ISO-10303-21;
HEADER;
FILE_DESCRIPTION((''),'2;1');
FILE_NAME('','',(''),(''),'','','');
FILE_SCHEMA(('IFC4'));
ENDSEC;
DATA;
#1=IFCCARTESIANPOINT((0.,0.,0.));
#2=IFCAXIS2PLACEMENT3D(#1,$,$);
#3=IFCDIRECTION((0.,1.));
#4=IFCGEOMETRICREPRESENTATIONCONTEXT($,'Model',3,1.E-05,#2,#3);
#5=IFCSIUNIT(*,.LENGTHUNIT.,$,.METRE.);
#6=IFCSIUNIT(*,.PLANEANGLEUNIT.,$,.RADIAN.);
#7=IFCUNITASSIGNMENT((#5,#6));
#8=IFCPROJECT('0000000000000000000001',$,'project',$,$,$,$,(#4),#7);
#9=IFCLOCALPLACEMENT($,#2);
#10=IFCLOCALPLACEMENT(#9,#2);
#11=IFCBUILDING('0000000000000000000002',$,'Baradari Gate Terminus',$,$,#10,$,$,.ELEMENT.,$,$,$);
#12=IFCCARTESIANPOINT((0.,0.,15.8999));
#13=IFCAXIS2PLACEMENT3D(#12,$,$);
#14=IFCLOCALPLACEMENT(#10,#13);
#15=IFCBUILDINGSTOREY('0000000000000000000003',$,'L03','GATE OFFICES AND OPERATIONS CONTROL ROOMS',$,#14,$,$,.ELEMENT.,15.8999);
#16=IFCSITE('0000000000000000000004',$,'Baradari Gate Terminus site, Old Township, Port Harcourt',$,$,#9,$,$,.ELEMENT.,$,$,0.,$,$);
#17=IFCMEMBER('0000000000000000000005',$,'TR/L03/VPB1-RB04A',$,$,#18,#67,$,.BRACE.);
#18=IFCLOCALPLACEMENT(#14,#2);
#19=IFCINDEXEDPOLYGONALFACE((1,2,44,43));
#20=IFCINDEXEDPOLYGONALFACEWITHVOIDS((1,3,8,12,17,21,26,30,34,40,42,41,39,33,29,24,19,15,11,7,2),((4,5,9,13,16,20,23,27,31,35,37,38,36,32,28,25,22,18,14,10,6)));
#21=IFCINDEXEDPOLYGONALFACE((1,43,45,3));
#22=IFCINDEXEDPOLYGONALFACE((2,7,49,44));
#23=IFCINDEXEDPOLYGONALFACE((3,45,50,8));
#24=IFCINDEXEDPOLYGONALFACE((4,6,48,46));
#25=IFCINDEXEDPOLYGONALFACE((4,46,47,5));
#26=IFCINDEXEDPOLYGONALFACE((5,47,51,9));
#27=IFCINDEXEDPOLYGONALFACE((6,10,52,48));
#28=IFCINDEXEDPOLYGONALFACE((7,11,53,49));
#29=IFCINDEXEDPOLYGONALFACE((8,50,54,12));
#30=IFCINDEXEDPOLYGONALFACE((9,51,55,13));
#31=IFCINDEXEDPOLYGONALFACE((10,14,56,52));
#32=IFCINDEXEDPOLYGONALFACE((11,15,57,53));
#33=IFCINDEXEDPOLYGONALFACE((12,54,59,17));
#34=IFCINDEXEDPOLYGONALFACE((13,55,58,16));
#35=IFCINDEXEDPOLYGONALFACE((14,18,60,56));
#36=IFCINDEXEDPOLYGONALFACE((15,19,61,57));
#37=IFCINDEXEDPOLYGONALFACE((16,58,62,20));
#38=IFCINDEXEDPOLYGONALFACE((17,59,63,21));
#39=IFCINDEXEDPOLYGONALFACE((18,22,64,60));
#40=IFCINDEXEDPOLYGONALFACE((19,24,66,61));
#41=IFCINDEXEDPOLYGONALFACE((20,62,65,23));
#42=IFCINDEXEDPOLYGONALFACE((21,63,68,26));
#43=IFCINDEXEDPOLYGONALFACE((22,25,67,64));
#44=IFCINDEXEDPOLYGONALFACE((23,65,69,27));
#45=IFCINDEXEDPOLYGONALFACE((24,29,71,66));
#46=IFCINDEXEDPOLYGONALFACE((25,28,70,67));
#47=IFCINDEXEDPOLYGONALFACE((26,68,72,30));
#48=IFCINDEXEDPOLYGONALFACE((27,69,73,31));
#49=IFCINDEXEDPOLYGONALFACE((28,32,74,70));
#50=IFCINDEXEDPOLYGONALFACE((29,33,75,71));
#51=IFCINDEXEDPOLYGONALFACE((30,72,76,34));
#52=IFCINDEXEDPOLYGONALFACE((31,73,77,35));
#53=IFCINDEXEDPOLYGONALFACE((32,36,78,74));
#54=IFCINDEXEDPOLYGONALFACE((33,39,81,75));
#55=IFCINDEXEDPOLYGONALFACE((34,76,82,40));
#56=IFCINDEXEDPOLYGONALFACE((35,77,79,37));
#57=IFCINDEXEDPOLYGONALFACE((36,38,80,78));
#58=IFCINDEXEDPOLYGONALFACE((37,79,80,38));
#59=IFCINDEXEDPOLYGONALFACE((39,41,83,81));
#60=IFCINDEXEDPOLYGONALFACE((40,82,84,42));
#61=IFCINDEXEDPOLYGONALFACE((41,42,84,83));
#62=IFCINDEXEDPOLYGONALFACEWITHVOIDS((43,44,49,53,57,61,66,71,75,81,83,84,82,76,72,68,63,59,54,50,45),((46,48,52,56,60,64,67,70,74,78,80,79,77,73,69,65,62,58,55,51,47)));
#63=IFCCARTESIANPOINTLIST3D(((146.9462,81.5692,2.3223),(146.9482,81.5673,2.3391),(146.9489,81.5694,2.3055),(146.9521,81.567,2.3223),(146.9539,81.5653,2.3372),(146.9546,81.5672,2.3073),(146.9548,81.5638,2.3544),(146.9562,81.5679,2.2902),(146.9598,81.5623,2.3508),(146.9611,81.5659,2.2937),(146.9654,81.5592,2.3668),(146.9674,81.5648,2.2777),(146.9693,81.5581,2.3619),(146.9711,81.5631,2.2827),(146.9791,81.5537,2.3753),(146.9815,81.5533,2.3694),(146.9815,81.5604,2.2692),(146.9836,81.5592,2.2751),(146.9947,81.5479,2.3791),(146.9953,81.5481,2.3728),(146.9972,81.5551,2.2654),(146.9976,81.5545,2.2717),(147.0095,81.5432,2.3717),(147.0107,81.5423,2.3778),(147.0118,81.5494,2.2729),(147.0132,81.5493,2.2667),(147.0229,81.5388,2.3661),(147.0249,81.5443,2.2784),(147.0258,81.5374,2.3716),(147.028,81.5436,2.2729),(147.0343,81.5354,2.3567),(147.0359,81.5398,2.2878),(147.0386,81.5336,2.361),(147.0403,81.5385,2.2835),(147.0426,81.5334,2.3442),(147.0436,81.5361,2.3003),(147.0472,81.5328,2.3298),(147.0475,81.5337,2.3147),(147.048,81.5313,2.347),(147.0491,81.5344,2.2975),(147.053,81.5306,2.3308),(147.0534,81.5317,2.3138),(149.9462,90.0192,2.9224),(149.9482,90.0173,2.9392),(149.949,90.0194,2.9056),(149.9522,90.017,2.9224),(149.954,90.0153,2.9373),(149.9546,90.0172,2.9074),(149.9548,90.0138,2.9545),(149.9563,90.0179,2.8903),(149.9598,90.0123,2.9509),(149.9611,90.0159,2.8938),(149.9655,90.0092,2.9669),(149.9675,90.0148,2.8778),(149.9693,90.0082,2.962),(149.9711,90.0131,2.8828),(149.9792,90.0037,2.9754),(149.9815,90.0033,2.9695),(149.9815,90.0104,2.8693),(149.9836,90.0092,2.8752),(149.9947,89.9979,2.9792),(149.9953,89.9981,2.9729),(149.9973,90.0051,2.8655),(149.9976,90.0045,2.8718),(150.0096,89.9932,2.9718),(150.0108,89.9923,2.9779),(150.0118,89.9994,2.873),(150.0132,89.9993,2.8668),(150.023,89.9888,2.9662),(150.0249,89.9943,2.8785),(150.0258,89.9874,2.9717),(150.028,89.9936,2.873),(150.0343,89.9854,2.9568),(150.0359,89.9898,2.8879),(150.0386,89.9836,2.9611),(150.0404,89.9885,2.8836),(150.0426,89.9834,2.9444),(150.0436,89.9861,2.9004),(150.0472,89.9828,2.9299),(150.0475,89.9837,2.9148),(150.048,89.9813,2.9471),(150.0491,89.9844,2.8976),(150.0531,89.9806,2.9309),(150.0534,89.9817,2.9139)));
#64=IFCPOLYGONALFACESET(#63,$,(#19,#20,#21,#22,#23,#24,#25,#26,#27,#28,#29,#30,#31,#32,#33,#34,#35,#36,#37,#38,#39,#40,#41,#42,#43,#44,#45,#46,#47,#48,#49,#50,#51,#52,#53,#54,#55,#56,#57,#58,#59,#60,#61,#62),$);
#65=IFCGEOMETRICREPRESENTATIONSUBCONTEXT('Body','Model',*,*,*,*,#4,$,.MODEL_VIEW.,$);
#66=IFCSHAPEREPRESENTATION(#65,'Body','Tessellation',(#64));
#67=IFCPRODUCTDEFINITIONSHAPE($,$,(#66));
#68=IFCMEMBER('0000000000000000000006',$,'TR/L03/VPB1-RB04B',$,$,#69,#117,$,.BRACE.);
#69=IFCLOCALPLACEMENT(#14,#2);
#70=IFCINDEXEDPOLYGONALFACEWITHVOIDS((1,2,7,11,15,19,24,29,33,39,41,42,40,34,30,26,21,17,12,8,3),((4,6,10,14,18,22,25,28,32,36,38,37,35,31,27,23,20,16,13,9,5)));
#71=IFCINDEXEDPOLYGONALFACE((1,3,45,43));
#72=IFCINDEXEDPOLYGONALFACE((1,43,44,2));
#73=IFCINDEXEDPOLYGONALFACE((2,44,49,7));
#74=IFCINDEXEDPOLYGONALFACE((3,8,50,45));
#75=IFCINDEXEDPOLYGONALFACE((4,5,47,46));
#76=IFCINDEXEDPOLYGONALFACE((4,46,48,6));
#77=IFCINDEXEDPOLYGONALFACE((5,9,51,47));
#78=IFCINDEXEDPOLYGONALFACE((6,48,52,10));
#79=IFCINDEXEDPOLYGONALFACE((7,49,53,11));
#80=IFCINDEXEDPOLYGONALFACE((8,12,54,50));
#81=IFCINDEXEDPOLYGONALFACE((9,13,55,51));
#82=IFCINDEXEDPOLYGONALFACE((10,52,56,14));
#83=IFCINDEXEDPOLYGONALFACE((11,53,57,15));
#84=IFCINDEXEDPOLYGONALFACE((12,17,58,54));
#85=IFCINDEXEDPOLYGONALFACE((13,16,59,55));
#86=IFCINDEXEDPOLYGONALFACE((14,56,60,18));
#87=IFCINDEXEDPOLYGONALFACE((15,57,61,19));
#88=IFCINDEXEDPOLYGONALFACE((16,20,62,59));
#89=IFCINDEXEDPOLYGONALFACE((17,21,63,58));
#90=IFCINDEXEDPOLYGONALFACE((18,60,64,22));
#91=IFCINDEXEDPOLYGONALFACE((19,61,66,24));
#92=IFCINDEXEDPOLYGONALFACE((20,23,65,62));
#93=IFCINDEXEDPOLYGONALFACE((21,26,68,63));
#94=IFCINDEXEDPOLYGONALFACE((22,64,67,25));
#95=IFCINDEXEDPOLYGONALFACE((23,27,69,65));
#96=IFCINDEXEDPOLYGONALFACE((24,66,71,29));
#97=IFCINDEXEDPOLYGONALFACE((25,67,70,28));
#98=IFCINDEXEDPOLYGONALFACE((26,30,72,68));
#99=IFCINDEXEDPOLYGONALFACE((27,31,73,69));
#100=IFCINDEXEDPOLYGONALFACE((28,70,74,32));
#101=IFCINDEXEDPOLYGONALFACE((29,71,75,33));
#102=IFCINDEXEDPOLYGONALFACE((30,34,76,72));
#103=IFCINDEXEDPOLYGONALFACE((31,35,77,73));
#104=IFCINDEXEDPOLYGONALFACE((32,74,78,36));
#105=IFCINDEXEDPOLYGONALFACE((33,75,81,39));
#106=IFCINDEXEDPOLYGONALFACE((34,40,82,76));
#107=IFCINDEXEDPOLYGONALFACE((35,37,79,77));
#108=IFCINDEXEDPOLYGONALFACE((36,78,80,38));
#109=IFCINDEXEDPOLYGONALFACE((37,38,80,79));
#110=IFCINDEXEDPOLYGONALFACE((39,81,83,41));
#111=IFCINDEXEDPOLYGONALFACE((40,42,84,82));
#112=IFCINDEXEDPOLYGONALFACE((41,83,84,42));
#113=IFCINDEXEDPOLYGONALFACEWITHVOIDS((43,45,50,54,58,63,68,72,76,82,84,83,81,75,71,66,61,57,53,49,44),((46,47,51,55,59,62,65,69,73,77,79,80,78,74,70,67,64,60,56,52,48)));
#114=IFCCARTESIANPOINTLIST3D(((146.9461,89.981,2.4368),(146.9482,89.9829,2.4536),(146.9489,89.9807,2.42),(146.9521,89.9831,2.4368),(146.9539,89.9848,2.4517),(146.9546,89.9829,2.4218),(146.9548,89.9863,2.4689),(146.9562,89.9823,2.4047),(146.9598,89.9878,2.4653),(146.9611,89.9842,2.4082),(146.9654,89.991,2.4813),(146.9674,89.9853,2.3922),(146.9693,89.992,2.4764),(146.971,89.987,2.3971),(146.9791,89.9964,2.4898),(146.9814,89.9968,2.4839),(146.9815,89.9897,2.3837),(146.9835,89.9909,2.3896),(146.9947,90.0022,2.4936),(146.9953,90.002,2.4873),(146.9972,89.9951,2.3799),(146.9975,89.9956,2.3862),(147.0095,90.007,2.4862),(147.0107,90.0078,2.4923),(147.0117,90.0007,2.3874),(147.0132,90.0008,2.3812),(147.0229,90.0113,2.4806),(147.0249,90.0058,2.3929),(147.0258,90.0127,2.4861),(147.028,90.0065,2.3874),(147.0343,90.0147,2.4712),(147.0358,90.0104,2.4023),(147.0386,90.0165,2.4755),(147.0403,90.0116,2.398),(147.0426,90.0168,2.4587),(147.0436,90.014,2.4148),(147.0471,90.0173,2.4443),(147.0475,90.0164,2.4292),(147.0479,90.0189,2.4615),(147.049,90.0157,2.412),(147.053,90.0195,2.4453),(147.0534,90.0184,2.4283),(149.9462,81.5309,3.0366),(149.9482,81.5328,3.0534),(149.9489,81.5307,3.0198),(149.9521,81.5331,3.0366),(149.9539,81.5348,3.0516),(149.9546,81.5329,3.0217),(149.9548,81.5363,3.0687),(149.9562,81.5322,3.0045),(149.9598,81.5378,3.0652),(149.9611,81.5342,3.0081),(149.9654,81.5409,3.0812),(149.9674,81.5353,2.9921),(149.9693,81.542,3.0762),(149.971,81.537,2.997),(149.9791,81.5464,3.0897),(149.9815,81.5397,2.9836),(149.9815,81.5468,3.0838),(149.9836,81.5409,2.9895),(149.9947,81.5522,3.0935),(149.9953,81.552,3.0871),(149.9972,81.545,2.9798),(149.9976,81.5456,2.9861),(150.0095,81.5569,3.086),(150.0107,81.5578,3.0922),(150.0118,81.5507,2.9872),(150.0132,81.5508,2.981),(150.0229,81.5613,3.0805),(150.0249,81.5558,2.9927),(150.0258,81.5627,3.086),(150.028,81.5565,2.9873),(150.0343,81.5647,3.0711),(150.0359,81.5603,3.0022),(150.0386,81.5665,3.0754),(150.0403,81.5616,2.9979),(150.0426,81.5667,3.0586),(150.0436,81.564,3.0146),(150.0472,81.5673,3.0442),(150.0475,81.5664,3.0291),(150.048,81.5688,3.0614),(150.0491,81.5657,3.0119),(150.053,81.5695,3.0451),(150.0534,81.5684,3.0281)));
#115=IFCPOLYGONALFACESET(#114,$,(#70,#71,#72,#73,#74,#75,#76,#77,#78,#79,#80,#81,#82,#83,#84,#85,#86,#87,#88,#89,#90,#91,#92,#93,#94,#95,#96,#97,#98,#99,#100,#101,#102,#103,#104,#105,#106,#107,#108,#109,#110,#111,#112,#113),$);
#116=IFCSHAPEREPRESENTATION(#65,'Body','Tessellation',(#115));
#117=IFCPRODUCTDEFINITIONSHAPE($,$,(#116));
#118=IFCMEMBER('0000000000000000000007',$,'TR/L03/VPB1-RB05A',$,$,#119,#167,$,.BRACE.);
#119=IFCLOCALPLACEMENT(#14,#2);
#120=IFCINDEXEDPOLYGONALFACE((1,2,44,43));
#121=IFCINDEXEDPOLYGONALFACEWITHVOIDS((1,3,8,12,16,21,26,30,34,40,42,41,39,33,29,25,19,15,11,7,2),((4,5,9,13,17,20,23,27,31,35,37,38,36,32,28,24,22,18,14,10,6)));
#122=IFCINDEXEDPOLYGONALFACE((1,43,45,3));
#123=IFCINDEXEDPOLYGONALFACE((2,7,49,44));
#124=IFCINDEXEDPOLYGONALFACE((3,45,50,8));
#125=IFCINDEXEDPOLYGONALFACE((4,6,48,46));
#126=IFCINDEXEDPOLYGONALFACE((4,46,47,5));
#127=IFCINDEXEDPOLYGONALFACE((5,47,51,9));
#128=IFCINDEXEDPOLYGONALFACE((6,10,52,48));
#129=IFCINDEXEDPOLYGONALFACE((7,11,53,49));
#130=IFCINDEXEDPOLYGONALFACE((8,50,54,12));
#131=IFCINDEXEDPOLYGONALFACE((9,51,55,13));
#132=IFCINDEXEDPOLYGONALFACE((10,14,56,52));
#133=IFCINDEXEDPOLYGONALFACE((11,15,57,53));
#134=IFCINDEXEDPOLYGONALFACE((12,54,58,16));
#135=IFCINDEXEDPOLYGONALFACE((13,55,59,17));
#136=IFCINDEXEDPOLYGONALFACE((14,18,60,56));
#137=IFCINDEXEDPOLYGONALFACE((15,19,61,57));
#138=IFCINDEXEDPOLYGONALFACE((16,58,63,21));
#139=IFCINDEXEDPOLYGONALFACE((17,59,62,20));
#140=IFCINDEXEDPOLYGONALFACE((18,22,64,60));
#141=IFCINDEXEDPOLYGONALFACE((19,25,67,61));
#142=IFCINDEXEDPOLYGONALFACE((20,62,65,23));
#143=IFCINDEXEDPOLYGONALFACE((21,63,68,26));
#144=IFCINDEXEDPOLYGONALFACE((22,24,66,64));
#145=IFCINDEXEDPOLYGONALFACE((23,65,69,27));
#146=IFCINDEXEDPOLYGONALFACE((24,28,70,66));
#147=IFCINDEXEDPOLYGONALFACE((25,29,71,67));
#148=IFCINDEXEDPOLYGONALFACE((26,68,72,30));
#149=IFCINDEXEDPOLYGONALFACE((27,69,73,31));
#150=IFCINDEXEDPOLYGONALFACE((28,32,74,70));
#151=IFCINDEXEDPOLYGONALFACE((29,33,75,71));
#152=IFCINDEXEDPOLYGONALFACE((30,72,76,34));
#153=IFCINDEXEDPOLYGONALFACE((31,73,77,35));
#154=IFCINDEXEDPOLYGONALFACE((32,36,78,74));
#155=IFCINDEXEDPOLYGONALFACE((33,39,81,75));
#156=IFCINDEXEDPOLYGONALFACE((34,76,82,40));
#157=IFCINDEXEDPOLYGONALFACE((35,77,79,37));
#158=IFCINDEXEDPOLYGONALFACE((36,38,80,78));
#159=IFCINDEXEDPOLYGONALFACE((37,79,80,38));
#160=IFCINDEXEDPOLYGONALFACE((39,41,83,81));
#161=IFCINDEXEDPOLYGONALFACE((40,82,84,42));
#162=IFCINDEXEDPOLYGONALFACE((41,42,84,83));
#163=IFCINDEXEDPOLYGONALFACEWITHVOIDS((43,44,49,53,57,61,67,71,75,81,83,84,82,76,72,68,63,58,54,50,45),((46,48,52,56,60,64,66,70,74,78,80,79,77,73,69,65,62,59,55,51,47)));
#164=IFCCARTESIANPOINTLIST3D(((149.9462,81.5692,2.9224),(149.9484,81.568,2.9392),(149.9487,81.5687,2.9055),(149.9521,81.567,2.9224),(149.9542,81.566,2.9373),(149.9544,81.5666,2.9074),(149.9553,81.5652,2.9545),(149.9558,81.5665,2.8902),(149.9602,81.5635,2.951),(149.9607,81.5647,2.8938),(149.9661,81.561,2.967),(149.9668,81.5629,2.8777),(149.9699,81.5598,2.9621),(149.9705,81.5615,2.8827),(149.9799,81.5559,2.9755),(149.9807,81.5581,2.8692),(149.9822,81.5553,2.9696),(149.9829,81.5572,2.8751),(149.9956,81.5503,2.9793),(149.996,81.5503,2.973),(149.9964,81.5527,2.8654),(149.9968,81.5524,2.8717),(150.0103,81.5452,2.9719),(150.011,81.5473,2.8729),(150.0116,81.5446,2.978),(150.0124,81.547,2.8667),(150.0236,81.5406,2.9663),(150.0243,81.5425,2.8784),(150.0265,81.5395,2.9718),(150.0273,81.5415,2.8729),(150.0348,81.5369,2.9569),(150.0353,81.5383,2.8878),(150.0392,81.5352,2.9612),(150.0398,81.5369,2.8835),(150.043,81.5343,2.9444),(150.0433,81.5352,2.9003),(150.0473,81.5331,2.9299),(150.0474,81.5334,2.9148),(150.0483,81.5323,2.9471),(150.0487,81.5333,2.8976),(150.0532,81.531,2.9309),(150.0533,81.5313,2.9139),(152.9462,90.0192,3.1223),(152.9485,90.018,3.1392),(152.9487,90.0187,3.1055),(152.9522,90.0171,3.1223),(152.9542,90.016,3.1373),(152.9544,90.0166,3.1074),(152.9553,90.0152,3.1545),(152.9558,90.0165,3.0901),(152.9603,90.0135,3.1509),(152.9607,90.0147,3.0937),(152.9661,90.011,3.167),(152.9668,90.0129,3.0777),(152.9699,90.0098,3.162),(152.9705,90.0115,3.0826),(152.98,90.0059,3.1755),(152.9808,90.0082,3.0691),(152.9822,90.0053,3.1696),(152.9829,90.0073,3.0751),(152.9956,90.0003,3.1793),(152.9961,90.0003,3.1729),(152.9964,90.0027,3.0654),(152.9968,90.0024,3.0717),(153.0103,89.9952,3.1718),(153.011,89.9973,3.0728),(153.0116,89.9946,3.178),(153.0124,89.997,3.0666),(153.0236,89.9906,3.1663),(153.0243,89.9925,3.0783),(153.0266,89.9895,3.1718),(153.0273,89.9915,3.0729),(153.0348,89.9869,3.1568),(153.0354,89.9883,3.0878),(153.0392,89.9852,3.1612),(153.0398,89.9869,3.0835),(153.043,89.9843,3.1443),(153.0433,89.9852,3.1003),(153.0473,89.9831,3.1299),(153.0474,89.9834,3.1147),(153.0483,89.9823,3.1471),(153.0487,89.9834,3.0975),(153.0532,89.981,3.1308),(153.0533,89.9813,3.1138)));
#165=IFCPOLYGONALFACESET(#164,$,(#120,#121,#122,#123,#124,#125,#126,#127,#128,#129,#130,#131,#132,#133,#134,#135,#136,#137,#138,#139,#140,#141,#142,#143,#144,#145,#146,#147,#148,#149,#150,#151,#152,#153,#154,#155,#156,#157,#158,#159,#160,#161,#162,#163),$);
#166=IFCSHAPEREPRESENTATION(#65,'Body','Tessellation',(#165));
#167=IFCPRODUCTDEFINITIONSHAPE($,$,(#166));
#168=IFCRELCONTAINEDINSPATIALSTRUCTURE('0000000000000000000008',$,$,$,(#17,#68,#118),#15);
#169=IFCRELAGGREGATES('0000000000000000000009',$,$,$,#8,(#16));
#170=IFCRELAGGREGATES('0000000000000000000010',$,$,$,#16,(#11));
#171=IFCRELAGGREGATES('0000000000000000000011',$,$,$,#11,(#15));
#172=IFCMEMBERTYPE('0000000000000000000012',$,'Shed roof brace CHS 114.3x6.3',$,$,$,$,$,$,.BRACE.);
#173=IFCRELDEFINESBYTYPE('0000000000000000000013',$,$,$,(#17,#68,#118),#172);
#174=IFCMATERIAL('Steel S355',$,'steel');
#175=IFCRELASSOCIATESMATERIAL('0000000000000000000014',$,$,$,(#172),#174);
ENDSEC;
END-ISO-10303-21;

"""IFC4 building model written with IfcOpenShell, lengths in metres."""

from ifc_helpers import new_model, si_unit, direction, frame, origin, origin_2d, place, context, subcontext, project, spatial, hollow_circle, extrude, material, material_profile, profile_set, type_object, element, save


model = new_model("IFC4")

# Units and contexts
model_context = context("Model", 3, precision=1e-05, world=origin(), true_north=direction((0.0, 1.0)))
body_context = subcontext(model_context, "Body", "Model", "MODEL_VIEW")
ifc_project = project(units=[si_unit("LENGTHUNIT", "METRE"), si_unit("PLANEANGLEUNIT", "RADIAN")], contexts=[model_context])

# Site, building, storey
site_placement = place(None, origin())
site = spatial("IfcSite", under=ifc_project, at=site_placement, Name="Baradari Gate Terminus site, Old Township, Port Harcourt", CompositionType="ELEMENT", RefElevation=0.0)
building_placement = place(site_placement, origin())
building = spatial("IfcBuilding", under=site, at=building_placement, Name="Baradari Gate Terminus", CompositionType="ELEMENT")
storey_placement = place(building_placement, frame((0.0, 0.0, 15.8999)))
storey = spatial("IfcBuildingStorey", under=building, at=storey_placement, Name="L03", Description="GATE OFFICES AND OPERATIONS CONTROL ROOMS", CompositionType="ELEMENT", Elevation=15.8999)

# Members
ifc_material_1 = material(Name="Steel S355", Category="steel")
ifc_material_profile_1 = material_profile(ifc_material_1, hollow_circle(Radius=0.0571, WallThickness=0.0063, at=origin_2d()), Name="CHS 114.3x6.3")
ifc_profile_set_1 = profile_set([ifc_material_profile_1], Name="Steel S355")
member_type_1 = type_object("IfcMemberType", Name="Shed roof brace CHS 114.3x6.3", PredefinedType="BRACE", material=ifc_profile_set_1)
for number, where, z_axis, x_axis, name in (
    (1, (147.0, 81.55, 2.3223), (0.333825, 0.940267, 0.066776), (-0.94237, 0.334571, 0.0), "TR/L03/VPB1-RB04A"),
    (2, (150.0, 81.55, 3.0366), (-0.333825, 0.940269, -0.066749), (-0.94237, -0.334571, 0.0), "TR/L03/VPB1-RB04B"),
):
    element("IfcMember", number, at=place(storey_placement, frame(where, z_axis=z_axis, x_axis=x_axis)), inside=storey, type_object=member_type_1, Name=name, PredefinedType="BRACE", context=body_context, shape_type="SweptSolid", body=[
        extrude(hollow_circle(Radius=0.0571, WallThickness=0.0063, at=origin_2d()), origin(), (0.0, 0.0, 1.0), 8.9868),
    ])
for number, where, z_axis, x_axis, name in (
    (3, (150.0, 81.55, 2.9224), (0.334488, 0.942136, 0.022294), (-0.94237, 0.334571, 0.0), "TR/L03/VPB1-RB05A"),
):
    element("IfcMember", number, at=place(storey_placement, frame(where, z_axis=z_axis, x_axis=x_axis)), inside=storey, type_object=member_type_1, Name=name, PredefinedType="BRACE", context=body_context, shape_type="SweptSolid", body=[
        extrude(hollow_circle(Radius=0.0571, WallThickness=0.0063, at=origin_2d()), origin(), (0.0, 0.0, 1.0), 8.969),
    ])

save(model, "model.ifc")
